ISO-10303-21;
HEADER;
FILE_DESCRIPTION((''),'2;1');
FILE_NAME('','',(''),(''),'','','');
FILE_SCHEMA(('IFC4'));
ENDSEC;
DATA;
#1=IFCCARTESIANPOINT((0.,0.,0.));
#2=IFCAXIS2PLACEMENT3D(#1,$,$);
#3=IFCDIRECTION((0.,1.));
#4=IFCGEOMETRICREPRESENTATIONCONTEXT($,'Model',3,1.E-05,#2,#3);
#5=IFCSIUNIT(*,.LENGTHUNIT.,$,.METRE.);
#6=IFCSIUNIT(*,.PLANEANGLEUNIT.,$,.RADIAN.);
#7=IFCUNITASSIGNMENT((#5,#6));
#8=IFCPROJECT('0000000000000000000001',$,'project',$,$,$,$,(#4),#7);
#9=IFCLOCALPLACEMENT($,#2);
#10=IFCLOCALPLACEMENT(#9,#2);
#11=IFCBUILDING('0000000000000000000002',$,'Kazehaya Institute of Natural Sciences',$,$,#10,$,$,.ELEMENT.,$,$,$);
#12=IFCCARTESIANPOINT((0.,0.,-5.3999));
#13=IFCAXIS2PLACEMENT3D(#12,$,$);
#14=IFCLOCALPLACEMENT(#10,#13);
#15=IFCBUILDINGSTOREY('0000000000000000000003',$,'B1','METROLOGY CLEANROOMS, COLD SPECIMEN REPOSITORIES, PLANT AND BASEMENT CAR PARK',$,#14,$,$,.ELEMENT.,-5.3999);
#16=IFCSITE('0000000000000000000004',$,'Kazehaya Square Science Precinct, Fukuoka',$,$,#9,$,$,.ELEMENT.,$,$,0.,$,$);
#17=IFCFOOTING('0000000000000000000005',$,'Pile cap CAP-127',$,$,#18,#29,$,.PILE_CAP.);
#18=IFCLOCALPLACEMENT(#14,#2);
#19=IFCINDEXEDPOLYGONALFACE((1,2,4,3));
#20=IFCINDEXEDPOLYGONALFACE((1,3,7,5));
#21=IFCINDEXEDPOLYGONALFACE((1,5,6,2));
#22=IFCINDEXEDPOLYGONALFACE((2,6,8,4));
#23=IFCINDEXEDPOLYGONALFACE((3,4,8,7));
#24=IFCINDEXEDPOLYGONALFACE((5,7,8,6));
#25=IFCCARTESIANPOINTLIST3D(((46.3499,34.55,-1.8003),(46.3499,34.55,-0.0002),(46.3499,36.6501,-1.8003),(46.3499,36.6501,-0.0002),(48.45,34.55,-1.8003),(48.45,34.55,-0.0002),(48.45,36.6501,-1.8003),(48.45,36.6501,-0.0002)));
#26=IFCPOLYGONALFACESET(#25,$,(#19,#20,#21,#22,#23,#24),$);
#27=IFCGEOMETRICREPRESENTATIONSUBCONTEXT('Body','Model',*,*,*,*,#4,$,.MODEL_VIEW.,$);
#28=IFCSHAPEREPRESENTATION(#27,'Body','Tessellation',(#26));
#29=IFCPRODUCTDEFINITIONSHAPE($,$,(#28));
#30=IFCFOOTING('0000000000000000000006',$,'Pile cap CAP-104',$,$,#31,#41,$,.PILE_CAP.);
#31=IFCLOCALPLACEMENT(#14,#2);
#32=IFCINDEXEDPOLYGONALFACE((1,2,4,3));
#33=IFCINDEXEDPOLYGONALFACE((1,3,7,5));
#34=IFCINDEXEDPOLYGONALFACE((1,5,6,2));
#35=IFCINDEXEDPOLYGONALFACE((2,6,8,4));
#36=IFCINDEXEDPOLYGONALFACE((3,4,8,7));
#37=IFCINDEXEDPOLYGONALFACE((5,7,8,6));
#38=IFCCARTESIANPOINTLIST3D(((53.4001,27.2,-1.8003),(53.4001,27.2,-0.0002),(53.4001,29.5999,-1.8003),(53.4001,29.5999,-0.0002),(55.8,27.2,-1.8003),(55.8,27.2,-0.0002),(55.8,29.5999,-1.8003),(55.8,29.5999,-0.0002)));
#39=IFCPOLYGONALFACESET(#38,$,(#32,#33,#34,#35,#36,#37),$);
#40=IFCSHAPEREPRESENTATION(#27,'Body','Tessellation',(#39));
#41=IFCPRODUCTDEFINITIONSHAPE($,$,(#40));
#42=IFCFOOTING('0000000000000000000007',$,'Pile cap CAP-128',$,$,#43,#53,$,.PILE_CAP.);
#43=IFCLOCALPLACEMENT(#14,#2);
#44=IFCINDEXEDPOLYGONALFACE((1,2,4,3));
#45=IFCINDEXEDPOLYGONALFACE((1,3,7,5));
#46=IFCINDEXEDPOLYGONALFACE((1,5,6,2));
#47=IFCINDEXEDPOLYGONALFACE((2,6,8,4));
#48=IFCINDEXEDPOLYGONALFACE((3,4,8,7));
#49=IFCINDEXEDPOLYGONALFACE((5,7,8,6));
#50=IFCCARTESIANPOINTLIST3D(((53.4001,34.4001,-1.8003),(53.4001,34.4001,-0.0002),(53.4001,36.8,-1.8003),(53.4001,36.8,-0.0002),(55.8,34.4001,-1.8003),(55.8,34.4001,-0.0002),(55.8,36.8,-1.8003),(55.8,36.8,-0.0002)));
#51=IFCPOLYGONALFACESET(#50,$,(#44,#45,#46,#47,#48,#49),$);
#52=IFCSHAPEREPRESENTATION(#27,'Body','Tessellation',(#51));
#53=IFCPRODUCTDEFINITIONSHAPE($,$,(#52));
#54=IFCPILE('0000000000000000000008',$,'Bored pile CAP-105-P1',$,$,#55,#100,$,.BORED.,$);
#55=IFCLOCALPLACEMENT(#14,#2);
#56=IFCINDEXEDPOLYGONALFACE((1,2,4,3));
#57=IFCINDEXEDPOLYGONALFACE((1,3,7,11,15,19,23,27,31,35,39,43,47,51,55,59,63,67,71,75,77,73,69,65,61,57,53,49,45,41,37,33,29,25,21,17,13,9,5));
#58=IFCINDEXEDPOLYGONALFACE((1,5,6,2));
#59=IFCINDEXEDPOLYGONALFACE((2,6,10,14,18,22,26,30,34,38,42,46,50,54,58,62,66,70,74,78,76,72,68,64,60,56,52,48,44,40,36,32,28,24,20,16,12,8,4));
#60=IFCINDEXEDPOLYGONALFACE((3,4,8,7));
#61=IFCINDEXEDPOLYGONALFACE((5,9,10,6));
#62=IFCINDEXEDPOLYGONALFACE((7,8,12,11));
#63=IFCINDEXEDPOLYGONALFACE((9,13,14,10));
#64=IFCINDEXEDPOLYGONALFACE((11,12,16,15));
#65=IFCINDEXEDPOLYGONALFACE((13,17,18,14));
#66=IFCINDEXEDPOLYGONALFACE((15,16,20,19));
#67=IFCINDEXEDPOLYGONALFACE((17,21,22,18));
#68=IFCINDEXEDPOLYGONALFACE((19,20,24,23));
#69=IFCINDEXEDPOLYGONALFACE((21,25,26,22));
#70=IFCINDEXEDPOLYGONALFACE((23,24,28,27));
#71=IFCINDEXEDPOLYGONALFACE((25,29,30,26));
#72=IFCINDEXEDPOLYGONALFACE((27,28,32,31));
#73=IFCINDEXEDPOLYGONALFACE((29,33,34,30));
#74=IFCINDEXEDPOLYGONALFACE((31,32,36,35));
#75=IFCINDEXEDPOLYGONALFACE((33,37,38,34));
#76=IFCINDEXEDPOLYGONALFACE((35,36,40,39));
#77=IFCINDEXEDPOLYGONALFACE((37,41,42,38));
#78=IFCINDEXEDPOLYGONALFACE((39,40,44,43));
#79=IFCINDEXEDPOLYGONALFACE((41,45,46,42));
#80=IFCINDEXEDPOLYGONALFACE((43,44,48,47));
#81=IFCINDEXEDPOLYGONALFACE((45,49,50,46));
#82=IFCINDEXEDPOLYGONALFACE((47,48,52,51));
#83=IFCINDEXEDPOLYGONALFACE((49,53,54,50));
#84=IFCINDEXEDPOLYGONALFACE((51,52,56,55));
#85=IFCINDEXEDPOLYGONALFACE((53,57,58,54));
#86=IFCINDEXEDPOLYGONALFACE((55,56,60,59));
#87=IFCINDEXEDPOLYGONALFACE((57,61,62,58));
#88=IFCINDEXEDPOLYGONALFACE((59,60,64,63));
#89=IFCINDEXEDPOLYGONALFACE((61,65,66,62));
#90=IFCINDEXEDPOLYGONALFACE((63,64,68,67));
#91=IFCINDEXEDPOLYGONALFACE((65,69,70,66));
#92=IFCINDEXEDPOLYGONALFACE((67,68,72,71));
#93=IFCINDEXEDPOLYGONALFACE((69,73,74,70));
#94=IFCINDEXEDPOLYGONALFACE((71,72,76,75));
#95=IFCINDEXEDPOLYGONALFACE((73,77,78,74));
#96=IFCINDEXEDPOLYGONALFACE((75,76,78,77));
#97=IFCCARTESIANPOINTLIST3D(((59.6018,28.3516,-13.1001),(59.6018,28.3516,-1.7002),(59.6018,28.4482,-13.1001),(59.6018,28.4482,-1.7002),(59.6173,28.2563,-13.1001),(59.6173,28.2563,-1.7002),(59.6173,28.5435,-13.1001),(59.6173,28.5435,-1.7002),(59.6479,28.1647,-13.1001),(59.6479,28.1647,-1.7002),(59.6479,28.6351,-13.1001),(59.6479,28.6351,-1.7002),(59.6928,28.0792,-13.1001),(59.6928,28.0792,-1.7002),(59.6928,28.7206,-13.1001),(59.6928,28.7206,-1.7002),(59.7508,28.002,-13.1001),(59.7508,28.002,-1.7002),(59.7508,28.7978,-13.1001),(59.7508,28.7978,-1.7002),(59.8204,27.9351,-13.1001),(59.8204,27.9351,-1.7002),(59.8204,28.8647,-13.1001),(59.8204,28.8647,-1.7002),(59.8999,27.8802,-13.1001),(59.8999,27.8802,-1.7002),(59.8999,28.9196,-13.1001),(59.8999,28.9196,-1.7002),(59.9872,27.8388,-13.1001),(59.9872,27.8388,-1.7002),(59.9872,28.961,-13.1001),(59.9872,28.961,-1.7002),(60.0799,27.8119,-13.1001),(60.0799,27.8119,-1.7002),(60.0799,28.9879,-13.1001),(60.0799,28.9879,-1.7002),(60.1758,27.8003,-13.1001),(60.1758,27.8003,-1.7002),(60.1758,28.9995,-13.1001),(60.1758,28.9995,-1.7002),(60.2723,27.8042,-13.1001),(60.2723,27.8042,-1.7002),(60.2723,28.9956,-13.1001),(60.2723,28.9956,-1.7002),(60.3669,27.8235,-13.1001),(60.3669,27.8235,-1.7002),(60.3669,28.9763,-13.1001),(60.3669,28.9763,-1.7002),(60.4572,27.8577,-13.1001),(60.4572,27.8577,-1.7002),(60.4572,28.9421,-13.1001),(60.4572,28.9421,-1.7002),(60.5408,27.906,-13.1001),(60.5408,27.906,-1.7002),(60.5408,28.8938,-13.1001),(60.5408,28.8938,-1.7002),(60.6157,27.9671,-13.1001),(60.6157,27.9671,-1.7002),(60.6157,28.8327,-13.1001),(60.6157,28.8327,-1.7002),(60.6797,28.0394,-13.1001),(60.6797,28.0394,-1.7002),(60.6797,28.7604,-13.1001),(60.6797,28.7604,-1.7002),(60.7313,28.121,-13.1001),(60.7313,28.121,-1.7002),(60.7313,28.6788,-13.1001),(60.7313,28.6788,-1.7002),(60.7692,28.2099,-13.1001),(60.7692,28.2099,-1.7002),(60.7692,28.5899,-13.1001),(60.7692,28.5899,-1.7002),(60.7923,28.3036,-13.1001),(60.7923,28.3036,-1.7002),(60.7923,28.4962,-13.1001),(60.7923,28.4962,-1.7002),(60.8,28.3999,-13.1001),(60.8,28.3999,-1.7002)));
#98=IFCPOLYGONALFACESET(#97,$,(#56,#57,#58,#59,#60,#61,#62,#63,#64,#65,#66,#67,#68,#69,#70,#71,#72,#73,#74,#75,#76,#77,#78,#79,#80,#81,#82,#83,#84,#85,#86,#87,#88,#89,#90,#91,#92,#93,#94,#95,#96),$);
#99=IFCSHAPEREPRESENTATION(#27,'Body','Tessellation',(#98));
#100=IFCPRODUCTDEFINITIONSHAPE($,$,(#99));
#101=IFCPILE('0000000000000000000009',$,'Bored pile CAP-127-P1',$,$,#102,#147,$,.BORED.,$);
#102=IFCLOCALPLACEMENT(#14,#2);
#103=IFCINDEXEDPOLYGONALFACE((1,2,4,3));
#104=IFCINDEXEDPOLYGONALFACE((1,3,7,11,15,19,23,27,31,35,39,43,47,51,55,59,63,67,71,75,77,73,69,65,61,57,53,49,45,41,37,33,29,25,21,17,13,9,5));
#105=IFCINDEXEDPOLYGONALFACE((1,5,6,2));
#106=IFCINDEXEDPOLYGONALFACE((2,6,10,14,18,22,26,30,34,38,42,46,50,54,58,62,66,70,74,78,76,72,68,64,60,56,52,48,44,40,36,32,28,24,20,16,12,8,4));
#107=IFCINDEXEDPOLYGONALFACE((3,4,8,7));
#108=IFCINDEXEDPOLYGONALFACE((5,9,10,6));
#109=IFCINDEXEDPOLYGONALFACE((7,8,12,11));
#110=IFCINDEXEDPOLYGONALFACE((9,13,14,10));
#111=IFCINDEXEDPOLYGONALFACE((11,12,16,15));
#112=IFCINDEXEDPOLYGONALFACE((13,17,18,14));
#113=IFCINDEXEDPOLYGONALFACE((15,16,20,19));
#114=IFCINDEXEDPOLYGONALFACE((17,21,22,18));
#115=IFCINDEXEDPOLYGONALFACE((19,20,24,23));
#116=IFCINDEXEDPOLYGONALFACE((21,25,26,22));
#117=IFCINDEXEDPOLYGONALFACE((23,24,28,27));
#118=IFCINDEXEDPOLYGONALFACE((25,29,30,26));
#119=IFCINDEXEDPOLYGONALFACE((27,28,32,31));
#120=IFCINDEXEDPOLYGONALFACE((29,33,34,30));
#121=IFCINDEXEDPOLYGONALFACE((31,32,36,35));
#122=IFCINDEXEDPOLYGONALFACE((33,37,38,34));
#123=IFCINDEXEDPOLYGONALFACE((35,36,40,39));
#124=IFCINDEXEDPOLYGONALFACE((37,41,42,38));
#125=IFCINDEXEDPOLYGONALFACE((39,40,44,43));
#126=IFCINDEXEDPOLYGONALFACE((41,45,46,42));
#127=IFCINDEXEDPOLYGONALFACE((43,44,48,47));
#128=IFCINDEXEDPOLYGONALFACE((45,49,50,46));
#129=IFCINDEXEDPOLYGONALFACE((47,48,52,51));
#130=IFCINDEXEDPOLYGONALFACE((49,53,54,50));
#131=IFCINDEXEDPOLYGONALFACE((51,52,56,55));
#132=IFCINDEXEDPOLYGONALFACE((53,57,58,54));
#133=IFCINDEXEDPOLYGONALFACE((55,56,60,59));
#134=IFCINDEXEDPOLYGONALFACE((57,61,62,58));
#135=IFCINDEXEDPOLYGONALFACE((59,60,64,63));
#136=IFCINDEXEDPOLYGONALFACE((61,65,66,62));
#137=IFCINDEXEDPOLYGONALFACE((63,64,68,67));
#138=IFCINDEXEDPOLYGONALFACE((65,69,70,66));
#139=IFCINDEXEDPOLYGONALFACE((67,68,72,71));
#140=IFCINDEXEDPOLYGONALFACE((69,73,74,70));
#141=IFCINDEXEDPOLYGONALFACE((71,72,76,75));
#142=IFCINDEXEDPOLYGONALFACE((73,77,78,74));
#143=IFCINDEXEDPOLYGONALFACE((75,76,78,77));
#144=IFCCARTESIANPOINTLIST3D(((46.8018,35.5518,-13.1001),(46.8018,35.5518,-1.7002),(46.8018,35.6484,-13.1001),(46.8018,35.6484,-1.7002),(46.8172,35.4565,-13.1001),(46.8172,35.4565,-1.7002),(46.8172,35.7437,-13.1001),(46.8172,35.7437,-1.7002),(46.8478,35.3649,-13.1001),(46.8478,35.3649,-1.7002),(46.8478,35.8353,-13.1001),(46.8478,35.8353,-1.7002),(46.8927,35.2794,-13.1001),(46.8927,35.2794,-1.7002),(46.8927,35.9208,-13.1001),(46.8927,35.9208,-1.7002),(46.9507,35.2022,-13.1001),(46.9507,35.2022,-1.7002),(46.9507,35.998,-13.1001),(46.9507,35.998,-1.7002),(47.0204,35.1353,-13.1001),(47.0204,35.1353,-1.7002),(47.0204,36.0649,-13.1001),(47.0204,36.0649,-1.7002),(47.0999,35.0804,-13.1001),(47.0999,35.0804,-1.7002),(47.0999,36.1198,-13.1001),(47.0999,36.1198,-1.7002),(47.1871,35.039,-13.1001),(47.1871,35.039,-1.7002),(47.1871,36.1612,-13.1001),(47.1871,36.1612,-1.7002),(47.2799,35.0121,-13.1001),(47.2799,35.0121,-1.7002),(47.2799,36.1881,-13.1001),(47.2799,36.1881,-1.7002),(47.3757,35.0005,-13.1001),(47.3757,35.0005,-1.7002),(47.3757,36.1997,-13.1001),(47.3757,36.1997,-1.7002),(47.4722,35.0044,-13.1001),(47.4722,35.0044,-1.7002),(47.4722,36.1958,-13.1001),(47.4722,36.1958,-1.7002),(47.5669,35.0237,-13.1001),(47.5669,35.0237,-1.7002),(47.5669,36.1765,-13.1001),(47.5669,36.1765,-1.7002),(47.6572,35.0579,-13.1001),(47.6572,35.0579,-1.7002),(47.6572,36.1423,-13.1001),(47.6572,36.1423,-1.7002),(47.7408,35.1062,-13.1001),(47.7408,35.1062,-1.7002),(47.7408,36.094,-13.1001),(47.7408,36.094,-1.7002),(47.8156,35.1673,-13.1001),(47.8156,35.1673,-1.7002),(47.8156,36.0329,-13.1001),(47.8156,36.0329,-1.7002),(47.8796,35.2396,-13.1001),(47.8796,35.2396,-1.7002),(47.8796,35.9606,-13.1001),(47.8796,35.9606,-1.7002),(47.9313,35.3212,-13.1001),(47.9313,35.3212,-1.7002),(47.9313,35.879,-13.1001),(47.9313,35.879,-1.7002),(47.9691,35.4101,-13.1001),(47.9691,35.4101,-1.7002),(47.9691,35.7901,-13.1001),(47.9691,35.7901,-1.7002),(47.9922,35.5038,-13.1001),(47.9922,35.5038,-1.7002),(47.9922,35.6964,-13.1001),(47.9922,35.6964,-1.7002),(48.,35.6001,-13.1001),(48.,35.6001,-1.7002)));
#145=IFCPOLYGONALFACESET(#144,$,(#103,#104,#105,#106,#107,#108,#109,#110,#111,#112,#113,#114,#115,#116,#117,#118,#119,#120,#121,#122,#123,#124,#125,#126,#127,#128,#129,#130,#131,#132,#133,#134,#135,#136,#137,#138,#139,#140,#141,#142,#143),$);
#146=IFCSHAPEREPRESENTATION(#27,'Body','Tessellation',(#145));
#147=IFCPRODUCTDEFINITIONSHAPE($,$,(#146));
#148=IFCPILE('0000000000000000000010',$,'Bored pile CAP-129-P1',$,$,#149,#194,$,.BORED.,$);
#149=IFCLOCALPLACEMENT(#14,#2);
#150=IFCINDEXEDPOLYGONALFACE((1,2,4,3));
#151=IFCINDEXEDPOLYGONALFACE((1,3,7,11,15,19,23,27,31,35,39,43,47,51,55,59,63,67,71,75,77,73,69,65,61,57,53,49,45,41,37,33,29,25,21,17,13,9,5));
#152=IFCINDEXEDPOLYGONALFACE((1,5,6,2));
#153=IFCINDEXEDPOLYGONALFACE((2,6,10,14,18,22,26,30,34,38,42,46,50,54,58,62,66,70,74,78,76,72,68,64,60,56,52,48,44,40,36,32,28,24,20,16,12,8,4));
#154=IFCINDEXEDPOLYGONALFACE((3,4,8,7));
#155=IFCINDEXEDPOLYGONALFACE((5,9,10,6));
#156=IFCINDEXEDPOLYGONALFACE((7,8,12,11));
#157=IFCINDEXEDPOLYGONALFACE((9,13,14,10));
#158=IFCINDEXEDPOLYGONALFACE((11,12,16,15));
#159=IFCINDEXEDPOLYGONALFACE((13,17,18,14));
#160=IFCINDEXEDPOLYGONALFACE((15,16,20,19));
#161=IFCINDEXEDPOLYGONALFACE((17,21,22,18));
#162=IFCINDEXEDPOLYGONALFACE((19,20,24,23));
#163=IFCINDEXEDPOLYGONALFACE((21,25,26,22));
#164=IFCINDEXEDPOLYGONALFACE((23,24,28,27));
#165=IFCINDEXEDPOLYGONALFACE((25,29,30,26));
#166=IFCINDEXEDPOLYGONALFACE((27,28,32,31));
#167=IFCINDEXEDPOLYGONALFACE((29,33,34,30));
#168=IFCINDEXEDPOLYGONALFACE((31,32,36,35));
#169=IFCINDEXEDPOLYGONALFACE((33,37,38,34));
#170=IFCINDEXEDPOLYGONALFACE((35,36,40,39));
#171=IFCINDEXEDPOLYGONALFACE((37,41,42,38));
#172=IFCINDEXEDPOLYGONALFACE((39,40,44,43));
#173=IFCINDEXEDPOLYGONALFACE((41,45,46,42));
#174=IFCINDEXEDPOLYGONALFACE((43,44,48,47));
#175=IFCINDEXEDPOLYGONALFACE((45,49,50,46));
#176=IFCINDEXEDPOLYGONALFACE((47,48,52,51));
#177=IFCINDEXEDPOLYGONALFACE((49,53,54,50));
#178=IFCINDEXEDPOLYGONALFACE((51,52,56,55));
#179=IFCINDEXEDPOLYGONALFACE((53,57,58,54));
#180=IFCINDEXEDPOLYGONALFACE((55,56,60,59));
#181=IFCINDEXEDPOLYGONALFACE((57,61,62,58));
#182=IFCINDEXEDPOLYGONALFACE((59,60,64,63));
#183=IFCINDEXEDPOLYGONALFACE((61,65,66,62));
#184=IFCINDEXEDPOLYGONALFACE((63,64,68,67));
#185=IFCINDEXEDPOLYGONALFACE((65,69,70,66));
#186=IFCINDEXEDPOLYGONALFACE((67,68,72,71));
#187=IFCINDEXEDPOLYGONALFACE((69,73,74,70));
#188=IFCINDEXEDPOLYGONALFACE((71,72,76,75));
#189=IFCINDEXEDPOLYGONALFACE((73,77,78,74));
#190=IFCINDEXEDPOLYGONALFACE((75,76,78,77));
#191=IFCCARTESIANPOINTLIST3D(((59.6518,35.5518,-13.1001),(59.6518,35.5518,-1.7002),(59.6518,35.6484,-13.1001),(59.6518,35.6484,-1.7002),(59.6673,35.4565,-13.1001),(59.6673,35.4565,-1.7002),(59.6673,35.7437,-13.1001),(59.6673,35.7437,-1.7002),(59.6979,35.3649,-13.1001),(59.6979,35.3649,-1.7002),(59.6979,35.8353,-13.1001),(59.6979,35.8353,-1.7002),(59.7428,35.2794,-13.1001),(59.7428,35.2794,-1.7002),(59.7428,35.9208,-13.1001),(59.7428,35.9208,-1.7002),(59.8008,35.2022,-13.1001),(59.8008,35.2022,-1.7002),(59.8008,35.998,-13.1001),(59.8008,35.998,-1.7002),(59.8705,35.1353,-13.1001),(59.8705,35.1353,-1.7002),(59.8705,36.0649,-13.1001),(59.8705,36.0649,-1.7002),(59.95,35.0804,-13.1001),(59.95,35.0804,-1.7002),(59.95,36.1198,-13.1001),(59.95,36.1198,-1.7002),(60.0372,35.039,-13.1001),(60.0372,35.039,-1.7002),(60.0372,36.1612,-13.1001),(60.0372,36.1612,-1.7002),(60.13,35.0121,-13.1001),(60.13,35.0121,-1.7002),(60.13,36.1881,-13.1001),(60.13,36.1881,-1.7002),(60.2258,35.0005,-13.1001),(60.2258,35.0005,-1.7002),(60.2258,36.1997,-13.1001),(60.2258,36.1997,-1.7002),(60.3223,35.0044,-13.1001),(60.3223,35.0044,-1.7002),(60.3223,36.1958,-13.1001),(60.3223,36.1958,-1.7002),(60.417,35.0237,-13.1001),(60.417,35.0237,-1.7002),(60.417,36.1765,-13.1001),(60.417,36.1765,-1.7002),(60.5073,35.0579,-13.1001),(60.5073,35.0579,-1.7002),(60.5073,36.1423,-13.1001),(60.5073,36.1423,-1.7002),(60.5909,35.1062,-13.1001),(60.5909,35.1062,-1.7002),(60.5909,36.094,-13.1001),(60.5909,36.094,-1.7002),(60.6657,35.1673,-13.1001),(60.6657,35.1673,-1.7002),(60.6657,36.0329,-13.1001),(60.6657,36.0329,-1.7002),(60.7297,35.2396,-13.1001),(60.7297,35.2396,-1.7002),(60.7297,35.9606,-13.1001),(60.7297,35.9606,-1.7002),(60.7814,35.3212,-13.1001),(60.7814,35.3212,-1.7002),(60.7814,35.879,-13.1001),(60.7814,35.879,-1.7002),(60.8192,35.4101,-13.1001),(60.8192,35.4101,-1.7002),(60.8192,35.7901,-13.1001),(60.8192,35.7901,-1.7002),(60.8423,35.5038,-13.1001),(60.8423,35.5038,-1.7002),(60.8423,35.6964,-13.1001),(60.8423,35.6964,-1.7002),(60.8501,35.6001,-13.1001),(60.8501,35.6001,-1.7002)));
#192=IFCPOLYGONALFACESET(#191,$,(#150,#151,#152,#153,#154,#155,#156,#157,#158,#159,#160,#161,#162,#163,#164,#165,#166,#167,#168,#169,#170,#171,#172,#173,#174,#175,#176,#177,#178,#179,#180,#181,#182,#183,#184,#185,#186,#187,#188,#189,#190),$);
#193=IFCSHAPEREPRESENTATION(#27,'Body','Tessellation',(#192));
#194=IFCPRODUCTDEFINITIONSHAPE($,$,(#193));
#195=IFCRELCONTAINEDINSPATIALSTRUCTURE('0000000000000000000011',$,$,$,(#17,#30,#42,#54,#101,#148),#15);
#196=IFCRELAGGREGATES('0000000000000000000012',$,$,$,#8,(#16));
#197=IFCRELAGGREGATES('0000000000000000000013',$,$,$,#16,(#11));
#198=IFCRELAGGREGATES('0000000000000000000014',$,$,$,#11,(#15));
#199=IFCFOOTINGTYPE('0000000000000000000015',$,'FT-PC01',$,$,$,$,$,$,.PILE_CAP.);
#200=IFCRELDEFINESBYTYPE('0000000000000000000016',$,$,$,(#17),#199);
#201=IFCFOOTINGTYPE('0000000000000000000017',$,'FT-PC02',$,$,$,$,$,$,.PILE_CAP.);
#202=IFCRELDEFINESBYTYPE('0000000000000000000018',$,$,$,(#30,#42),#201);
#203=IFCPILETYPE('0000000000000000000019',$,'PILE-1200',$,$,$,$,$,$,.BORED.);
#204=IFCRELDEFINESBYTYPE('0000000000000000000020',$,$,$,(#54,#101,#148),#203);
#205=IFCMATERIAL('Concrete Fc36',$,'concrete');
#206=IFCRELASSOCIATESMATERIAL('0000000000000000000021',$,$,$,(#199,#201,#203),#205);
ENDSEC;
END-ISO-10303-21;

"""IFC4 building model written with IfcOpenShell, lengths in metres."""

from ifc_helpers import new_model, si_unit, direction, frame, origin, origin_2d, place, context, subcontext, project, spatial, rectangle, circle, extrude, material, material_profile, profile_set, type_object, element, save


model = new_model("IFC4")

# Units and contexts
model_context = context("Model", 3, precision=1e-05, world=origin(), true_north=direction((0.0, 1.0)))
body_context = subcontext(model_context, "Body", "Model", "MODEL_VIEW")
ifc_project = project(units=[si_unit("LENGTHUNIT", "METRE"), si_unit("PLANEANGLEUNIT", "RADIAN")], contexts=[model_context])

# Site, building, storey
site_placement = place(None, origin())
site = spatial("IfcSite", under=ifc_project, at=site_placement, Name="Kazehaya Square Science Precinct, Fukuoka", CompositionType="ELEMENT", RefElevation=0.0)
building_placement = place(site_placement, origin())
building = spatial("IfcBuilding", under=site, at=building_placement, Name="Kazehaya Institute of Natural Sciences", CompositionType="ELEMENT")
storey_placement = place(building_placement, frame((0.0, 0.0, -5.3999)))
storey = spatial("IfcBuildingStorey", under=building, at=storey_placement, Name="B1", Description="METROLOGY CLEANROOMS, COLD SPECIMEN REPOSITORIES, PLANT AND BASEMENT CAR PARK", CompositionType="ELEMENT", Elevation=-5.3999)

# Footings
ifc_material_1 = material(Name="Concrete Fc36", Category="concrete")
footing_type_1 = type_object("IfcFootingType", Name="FT-PC01", PredefinedType="PILE_CAP", material=ifc_material_1)
footing_placement = place(storey_placement, frame((47.3999, 35.6001, -1.8003), z_axis=(0.0, 0.0, 1.0), x_axis=(1.0, 0.0, 0.0)))
element("IfcFooting", 1, at=footing_placement, inside=storey, type_object=footing_type_1, Name="Pile cap CAP-127", PredefinedType="PILE_CAP", context=body_context, shape_type="SweptSolid", body=[
    extrude(rectangle(XDim=2.1001, YDim=2.1001, at=origin_2d()), origin(), (0.0, 0.0, 1.0), 1.8),
])
footing_type_2 = type_object("IfcFootingType", Name="FT-PC02", PredefinedType="PILE_CAP", material=ifc_material_1)
for number, where, z_axis, x_axis, name in (
    (2, (54.6001, 28.3999, -1.8003), (0.0, 0.0, 1.0), (1.0, 0.0, 0.0), "Pile cap CAP-104"),
    (3, (54.6001, 35.6001, -1.8003), (0.0, 0.0, 1.0), (1.0, 0.0, 0.0), "Pile cap CAP-128"),
):
    element("IfcFooting", number, at=place(storey_placement, frame(where, z_axis=z_axis, x_axis=x_axis)), inside=storey, type_object=footing_type_2, Name=name, PredefinedType="PILE_CAP", context=body_context, shape_type="SweptSolid", body=[
        extrude(rectangle(XDim=2.3999, YDim=2.3999, at=origin_2d()), origin(), (0.0, 0.0, 1.0), 1.8),
    ])

# Piles
ifc_material_profile_1 = material_profile(ifc_material_1, circle(Radius=0.6001, at=origin_2d()), Name="PILE-1200")
ifc_profile_set_1 = profile_set([ifc_material_profile_1], Name="Concrete Fc36")
pile_type_1 = type_object("IfcPileType", Name="PILE-1200", PredefinedType="BORED", material=ifc_profile_set_1)
for number, where, z_axis, x_axis, name in (
    (4, (60.2, 28.3999, -1.7002), (0.0, 0.0, -1.0), (1.0, 0.0, 0.0), "Bored pile CAP-105-P1"),
    (5, (47.3999, 35.6001, -1.7002), (0.0, 0.0, -1.0), (1.0, 0.0, 0.0), "Bored pile CAP-127-P1"),
    (6, (60.25, 35.6001, -1.7002), (0.0, 0.0, -1.0), (1.0, 0.0, 0.0), "Bored pile CAP-129-P1"),
):
    element("IfcPile", number, at=place(storey_placement, frame(where, z_axis=z_axis, x_axis=x_axis)), inside=storey, type_object=pile_type_1, Name=name, PredefinedType="BORED", context=body_context, shape_type="SweptSolid", body=[
        extrude(circle(Radius=0.6001, at=origin_2d()), origin(), (0.0, 0.0, 1.0), 11.3999),
    ])

save(model, "model.ifc")
